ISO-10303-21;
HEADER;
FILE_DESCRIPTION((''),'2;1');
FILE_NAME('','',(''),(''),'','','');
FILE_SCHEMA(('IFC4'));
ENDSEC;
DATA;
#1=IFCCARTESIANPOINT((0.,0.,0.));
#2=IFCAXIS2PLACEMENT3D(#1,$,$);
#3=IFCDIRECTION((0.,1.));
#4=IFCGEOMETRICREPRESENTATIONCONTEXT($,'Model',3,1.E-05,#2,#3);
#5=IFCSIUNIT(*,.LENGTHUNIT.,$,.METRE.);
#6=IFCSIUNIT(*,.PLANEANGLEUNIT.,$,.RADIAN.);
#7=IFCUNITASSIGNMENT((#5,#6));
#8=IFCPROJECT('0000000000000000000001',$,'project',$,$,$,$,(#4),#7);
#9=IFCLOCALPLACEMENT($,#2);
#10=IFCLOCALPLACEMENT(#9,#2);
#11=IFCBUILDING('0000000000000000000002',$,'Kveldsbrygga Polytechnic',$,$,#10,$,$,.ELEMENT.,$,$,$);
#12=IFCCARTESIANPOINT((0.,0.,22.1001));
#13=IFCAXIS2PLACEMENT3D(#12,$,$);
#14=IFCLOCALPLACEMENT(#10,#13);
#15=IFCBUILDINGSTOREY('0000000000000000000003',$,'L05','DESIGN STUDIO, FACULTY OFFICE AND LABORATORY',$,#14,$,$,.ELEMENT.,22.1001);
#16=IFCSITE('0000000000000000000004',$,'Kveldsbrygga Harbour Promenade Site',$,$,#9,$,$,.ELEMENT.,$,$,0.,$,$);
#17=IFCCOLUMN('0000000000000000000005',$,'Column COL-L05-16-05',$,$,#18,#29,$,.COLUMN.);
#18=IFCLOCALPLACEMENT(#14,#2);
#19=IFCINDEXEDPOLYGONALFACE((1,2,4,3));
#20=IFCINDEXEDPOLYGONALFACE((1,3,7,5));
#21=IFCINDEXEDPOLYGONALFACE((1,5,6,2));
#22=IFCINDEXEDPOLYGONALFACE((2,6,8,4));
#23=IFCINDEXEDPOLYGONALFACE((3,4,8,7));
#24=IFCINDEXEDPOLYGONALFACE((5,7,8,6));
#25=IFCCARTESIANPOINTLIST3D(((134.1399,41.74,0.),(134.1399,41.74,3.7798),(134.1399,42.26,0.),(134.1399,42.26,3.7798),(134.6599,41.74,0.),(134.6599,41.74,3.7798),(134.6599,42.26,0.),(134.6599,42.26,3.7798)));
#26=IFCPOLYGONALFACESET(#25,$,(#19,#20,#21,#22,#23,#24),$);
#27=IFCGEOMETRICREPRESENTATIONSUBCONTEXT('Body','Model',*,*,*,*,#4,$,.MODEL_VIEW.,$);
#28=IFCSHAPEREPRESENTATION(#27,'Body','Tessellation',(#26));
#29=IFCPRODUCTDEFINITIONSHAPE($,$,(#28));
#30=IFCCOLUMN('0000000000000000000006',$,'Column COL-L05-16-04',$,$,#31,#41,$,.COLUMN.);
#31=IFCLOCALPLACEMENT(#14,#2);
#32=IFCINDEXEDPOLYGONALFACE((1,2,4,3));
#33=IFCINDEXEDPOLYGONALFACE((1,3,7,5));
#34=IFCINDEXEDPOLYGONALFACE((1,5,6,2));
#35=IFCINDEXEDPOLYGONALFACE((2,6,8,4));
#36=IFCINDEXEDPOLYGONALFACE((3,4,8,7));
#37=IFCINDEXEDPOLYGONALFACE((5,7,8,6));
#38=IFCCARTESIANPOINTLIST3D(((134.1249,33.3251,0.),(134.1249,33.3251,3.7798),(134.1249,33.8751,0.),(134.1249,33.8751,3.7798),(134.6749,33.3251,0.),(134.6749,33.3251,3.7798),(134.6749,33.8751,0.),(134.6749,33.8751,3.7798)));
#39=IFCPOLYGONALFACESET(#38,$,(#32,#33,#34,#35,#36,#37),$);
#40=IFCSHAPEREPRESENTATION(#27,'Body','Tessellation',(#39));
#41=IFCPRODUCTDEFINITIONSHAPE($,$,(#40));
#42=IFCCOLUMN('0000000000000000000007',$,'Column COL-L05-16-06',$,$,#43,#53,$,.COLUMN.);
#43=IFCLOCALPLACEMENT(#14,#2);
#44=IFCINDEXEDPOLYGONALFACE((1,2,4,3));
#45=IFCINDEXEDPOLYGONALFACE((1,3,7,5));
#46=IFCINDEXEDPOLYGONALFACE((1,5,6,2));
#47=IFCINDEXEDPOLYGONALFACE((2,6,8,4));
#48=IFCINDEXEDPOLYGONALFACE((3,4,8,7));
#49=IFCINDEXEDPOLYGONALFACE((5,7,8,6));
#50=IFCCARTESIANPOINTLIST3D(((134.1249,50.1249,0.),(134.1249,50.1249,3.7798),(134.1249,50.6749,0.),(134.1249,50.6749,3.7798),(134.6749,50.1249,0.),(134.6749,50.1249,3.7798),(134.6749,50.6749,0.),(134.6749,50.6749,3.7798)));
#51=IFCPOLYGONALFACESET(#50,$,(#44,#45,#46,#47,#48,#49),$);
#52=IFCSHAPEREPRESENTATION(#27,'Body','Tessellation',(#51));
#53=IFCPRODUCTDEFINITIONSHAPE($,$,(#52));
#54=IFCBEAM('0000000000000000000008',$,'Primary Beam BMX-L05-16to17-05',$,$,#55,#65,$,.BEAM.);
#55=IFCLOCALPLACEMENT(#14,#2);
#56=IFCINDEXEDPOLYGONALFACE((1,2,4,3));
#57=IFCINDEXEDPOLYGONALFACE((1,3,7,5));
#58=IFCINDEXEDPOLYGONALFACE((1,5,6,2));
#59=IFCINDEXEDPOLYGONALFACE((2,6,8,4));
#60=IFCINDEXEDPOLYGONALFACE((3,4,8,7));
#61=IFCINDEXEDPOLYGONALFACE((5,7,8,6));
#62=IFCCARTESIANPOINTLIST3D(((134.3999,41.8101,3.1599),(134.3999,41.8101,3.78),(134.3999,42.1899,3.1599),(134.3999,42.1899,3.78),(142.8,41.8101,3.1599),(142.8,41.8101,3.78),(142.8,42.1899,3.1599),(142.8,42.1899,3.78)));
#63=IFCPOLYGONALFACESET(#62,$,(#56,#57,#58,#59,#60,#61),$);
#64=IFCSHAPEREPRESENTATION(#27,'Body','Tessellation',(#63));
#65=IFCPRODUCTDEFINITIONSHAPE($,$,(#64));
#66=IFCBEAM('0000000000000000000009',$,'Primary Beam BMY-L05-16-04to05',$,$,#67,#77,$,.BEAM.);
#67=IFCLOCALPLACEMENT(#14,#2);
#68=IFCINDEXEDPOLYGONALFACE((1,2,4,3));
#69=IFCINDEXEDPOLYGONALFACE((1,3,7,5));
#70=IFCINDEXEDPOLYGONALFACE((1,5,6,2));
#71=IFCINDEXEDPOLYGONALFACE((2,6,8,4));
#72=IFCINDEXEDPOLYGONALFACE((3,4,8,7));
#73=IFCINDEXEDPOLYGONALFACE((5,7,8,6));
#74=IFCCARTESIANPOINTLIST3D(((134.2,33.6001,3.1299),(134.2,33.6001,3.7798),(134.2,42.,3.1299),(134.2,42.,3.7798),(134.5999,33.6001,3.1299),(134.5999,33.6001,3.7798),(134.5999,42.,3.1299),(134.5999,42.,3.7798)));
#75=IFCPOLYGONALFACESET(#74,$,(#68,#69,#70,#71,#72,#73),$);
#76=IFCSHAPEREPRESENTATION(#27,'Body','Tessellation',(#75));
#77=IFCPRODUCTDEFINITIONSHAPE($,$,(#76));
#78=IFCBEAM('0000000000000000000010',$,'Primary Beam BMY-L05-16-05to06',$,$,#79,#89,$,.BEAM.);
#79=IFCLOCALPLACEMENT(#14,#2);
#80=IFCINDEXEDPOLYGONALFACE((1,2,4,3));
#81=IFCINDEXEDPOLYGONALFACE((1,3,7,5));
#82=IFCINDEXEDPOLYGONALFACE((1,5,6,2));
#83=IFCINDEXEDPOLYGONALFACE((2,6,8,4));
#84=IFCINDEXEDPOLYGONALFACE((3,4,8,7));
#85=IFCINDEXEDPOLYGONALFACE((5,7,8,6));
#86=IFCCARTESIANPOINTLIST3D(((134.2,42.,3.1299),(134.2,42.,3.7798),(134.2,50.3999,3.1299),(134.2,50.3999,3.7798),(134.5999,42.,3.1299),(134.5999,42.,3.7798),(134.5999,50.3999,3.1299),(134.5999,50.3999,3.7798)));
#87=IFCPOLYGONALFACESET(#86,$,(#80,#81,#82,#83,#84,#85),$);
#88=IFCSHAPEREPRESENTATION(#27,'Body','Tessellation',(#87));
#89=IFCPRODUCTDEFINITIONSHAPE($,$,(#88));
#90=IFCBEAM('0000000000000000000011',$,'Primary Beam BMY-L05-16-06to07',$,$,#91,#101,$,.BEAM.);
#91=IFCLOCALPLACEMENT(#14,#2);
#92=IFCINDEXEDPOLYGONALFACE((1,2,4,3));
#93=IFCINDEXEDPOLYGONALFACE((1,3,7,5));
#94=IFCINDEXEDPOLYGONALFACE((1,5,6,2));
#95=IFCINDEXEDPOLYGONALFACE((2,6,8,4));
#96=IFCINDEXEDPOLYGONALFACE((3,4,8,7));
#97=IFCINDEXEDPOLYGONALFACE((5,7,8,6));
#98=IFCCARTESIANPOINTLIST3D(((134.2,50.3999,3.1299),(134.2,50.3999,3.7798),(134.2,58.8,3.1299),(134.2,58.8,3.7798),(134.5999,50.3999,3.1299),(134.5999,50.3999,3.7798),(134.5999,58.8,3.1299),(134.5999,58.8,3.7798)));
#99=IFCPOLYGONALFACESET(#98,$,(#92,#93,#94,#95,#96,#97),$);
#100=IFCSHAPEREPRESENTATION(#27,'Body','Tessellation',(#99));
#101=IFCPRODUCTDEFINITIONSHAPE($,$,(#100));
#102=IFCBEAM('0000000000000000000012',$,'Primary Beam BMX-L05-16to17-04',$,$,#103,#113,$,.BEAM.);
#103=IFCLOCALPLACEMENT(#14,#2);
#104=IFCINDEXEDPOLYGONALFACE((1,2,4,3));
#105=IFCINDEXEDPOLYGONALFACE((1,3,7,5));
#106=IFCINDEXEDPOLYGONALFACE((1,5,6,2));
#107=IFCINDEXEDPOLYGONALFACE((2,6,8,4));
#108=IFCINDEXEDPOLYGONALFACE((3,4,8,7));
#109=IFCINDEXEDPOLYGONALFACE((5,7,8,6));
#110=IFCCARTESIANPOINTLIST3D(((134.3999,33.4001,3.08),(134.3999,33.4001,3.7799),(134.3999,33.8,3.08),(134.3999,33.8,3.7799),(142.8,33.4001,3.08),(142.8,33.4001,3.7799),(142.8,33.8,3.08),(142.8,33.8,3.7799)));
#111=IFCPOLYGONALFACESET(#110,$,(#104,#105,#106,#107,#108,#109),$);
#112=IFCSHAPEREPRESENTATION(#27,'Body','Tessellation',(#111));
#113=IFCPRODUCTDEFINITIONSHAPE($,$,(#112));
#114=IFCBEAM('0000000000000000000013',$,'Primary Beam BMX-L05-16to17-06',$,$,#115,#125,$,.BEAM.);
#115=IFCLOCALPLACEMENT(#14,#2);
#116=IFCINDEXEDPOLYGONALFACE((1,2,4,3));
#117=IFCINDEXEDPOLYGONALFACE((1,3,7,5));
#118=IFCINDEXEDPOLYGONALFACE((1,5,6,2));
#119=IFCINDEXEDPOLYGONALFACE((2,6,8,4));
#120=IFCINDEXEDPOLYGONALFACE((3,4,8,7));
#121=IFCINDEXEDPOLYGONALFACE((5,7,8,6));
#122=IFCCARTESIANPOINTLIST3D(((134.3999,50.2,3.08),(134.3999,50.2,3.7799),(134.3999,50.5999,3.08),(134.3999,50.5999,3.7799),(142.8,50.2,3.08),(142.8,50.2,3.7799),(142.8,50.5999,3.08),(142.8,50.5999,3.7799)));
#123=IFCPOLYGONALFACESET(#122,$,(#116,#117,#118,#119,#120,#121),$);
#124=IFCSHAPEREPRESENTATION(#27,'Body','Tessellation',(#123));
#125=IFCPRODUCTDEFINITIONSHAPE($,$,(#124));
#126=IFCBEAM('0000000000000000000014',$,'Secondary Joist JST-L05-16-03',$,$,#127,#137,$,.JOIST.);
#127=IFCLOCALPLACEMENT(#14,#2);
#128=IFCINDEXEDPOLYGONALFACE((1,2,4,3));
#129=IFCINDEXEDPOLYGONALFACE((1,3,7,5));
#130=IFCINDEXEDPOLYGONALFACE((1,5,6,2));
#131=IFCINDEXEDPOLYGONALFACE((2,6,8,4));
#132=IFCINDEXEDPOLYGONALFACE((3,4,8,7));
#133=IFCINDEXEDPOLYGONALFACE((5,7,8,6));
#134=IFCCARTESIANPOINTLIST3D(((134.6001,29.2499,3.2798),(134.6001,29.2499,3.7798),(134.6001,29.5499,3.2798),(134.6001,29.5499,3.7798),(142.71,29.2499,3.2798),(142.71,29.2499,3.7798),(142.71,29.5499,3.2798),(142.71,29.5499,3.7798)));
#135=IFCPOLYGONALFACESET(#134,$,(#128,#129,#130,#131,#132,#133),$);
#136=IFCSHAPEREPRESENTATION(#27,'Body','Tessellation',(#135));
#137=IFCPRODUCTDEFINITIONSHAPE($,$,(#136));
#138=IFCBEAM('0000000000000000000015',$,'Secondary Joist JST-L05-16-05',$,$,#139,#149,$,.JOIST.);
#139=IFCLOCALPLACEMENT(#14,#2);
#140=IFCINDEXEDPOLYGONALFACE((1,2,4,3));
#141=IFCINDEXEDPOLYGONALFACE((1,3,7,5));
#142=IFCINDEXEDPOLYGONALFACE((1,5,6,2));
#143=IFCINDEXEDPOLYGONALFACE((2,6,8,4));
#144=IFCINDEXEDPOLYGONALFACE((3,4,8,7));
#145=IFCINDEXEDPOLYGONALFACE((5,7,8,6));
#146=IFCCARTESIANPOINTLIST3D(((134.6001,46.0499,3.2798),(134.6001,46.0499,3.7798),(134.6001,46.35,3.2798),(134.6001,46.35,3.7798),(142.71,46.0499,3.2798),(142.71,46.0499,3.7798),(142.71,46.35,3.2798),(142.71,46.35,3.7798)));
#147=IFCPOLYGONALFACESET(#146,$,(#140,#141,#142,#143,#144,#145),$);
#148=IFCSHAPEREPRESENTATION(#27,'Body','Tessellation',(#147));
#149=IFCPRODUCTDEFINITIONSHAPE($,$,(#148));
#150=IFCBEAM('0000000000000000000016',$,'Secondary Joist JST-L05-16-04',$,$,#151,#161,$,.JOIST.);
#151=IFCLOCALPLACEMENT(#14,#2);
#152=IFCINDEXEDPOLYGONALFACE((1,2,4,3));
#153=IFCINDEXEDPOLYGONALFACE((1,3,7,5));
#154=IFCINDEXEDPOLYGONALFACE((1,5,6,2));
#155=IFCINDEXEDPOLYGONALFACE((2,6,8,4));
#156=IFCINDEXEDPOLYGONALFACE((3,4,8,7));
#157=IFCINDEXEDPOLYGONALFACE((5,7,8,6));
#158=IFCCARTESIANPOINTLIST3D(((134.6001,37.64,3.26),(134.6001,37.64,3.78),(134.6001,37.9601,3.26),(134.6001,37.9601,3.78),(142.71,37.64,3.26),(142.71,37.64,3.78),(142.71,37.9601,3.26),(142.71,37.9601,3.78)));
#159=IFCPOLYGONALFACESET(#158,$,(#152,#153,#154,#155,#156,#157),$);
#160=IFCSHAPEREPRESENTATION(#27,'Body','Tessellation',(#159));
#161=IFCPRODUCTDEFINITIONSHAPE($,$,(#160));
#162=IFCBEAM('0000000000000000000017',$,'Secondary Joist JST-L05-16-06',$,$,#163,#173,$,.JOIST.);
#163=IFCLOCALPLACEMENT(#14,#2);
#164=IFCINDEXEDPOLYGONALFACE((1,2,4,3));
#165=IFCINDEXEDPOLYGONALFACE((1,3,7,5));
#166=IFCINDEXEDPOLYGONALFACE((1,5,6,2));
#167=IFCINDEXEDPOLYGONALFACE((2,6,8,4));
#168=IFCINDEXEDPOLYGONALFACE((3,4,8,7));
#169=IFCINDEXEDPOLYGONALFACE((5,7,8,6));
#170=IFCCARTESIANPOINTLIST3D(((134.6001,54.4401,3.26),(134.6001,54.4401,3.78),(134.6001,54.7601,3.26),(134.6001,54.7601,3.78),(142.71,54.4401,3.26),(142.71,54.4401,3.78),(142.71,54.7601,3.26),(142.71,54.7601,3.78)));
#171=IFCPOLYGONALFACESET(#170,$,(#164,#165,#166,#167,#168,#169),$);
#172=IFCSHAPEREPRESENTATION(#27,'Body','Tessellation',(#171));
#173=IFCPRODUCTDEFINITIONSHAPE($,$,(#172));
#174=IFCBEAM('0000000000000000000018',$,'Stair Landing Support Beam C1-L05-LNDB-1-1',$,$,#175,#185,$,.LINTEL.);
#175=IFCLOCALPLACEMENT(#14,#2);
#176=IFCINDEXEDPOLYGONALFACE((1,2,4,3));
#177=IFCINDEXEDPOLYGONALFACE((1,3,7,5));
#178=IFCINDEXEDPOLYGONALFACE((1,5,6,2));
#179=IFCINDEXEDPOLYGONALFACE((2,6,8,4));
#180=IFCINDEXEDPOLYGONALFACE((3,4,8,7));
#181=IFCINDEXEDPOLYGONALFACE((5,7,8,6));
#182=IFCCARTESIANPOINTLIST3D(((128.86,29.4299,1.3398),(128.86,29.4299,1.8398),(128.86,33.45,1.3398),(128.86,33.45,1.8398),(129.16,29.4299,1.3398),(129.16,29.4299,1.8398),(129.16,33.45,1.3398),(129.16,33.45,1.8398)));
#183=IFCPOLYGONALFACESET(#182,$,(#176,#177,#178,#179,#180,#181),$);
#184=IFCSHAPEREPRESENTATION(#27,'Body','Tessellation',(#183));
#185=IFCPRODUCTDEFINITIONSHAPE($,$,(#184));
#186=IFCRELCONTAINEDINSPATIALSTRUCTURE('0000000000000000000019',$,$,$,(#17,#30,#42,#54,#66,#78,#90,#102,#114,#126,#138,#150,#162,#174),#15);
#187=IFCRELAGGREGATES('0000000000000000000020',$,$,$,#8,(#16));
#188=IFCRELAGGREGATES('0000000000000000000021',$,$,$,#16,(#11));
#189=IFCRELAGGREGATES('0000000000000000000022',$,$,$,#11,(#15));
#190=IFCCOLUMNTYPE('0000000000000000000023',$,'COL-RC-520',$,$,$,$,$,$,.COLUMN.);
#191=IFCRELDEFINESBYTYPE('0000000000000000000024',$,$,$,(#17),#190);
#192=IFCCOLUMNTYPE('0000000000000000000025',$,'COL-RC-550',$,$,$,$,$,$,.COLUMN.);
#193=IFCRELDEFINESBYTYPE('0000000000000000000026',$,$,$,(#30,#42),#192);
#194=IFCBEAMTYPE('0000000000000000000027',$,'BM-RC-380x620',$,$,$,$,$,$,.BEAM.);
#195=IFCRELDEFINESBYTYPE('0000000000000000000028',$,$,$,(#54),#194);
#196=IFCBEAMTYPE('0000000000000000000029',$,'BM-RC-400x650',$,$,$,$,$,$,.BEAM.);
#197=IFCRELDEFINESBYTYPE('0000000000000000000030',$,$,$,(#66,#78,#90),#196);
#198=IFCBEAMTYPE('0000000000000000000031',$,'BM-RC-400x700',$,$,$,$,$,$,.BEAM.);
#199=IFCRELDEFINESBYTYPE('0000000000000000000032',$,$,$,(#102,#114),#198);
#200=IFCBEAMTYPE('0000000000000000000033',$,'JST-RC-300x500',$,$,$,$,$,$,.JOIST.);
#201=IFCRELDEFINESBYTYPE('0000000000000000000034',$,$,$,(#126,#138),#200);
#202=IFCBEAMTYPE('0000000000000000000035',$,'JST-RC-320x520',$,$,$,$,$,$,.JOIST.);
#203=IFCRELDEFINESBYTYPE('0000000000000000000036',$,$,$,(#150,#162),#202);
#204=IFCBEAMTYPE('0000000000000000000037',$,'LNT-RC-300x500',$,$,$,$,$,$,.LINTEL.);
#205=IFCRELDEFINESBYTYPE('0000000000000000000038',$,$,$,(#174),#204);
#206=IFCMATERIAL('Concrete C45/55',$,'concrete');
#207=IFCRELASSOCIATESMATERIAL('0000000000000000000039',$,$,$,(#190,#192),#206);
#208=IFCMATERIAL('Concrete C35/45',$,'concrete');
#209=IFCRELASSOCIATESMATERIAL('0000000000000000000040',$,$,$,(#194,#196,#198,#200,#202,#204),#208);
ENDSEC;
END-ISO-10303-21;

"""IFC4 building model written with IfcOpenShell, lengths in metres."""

from ifc_helpers import new_model, si_unit, direction, frame, origin, origin_2d, place, context, subcontext, project, spatial, rectangle, extrude, material, material_profile, profile_set, type_object, element, save


model = new_model("IFC4")

# Units and contexts
model_context = context("Model", 3, precision=1e-05, world=origin(), true_north=direction((0.0, 1.0)))
body_context = subcontext(model_context, "Body", "Model", "MODEL_VIEW")
ifc_project = project(units=[si_unit("LENGTHUNIT", "METRE"), si_unit("PLANEANGLEUNIT", "RADIAN")], contexts=[model_context])

# Site, building, storey
site_placement = place(None, origin())
site = spatial("IfcSite", under=ifc_project, at=site_placement, Name="Kveldsbrygga Harbour Promenade Site", CompositionType="ELEMENT", RefElevation=0.0)
building_placement = place(site_placement, origin())
building = spatial("IfcBuilding", under=site, at=building_placement, Name="Kveldsbrygga Polytechnic", CompositionType="ELEMENT")
storey_placement = place(building_placement, frame((0.0, 0.0, 22.1001)))
storey = spatial("IfcBuildingStorey", under=building, at=storey_placement, Name="L05", Description="DESIGN STUDIO, FACULTY OFFICE AND LABORATORY", CompositionType="ELEMENT", Elevation=22.1001)

# Columns
ifc_material_1 = material(Name="Concrete C45/55", Category="concrete")
ifc_material_profile_1 = material_profile(ifc_material_1, rectangle(XDim=0.52, YDim=0.52, at=origin_2d()), Name="RC 520x520")
ifc_profile_set_1 = profile_set([ifc_material_profile_1], Name="Concrete C45/55")
column_type_1 = type_object("IfcColumnType", Name="COL-RC-520", PredefinedType="COLUMN", material=ifc_profile_set_1)
column_placement = place(storey_placement, frame((134.3999, 42.0, 0.0), z_axis=(0.0, 0.0, 1.0), x_axis=(1.0, 0.0, 0.0)))
element("IfcColumn", 1, at=column_placement, inside=storey, type_object=column_type_1, Name="Column COL-L05-16-05", PredefinedType="COLUMN", context=body_context, shape_type="SweptSolid", body=[
    extrude(rectangle(XDim=0.52, YDim=0.52, at=origin_2d()), origin(), (0.0, 0.0, 1.0), 3.7798),
])
ifc_material_profile_2 = material_profile(ifc_material_1, rectangle(XDim=0.55, YDim=0.55, at=origin_2d()), Name="RC 550x550")
ifc_profile_set_2 = profile_set([ifc_material_profile_2], Name="Concrete C45/55")
column_type_2 = type_object("IfcColumnType", Name="COL-RC-550", PredefinedType="COLUMN", material=ifc_profile_set_2)
for number, where, z_axis, x_axis, name in (
    (2, (134.3999, 33.6001, 0.0), (0.0, 0.0, 1.0), (1.0, 0.0, 0.0), "Column COL-L05-16-04"),
    (3, (134.3999, 50.3999, 0.0), (0.0, 0.0, 1.0), (1.0, 0.0, 0.0), "Column COL-L05-16-06"),
):
    element("IfcColumn", number, at=place(storey_placement, frame(where, z_axis=z_axis, x_axis=x_axis)), inside=storey, type_object=column_type_2, Name=name, PredefinedType="COLUMN", context=body_context, shape_type="SweptSolid", body=[
        extrude(rectangle(XDim=0.55, YDim=0.55, at=origin_2d()), origin(), (0.0, 0.0, 1.0), 3.7798),
    ])

# Beams
ifc_material_2 = material(Name="Concrete C35/45", Category="concrete")
ifc_material_profile_3 = material_profile(ifc_material_2, rectangle(XDim=0.3799, YDim=0.6201, at=origin_2d()), Name="RC 380x620")
ifc_profile_set_3 = profile_set([ifc_material_profile_3], Name="Concrete C35/45")
beam_type_1 = type_object("IfcBeamType", Name="BM-RC-380x620", PredefinedType="BEAM", material=ifc_profile_set_3)
beam_1_placement = place(storey_placement, frame((134.3999, 42.0, 3.47), z_axis=(1.0, 0.0, 0.0), x_axis=(0.0, 1.0, 0.0)))
element("IfcBeam", 4, at=beam_1_placement, inside=storey, type_object=beam_type_1, Name="Primary Beam BMX-L05-16to17-05", PredefinedType="BEAM", context=body_context, shape_type="SweptSolid", body=[
    extrude(rectangle(XDim=0.3799, YDim=0.6201, at=origin_2d()), origin(), (0.0, 0.0, 1.0), 8.4001),
])
ifc_material_profile_4 = material_profile(ifc_material_2, rectangle(XDim=0.3999, YDim=0.6499, at=origin_2d()), Name="RC 400x650")
ifc_profile_set_4 = profile_set([ifc_material_profile_4], Name="Concrete C35/45")
beam_type_2 = type_object("IfcBeamType", Name="BM-RC-400x650", PredefinedType="BEAM", material=ifc_profile_set_4)
for number, where, z_axis, x_axis, name in (
    (5, (134.3999, 33.6001, 3.4548), (0.0, 1.0, 0.0), (-1.0, 0.0, 0.0), "Primary Beam BMY-L05-16-04to05"),
    (6, (134.3999, 42.0, 3.4548), (0.0, 1.0, 0.0), (-1.0, 0.0, 0.0), "Primary Beam BMY-L05-16-05to06"),
):
    element("IfcBeam", number, at=place(storey_placement, frame(where, z_axis=z_axis, x_axis=x_axis)), inside=storey, type_object=beam_type_2, Name=name, PredefinedType="BEAM", context=body_context, shape_type="SweptSolid", body=[
        extrude(rectangle(XDim=0.3999, YDim=0.6499, at=origin_2d()), origin(), (0.0, 0.0, 1.0), 8.3999),
    ])
beam_2_placement = place(storey_placement, frame((134.3999, 50.3999, 3.4548), z_axis=(0.0, 1.0, 0.0), x_axis=(-1.0, 0.0, 0.0)))
element("IfcBeam", 7, at=beam_2_placement, inside=storey, type_object=beam_type_2, Name="Primary Beam BMY-L05-16-06to07", PredefinedType="BEAM", context=body_context, shape_type="SweptSolid", body=[
    extrude(rectangle(XDim=0.3999, YDim=0.6499, at=origin_2d()), origin(), (0.0, 0.0, 1.0), 8.4001),
])
ifc_material_profile_5 = material_profile(ifc_material_2, rectangle(XDim=0.3999, YDim=0.7, at=origin_2d()), Name="RC 400x700")
ifc_profile_set_5 = profile_set([ifc_material_profile_5], Name="Concrete C35/45")
beam_type_3 = type_object("IfcBeamType", Name="BM-RC-400x700", PredefinedType="BEAM", material=ifc_profile_set_5)
for number, where, z_axis, x_axis, name in (
    (8, (134.3999, 33.6001, 3.4299), (1.0, 0.0, 0.0), (0.0, 1.0, 0.0), "Primary Beam BMX-L05-16to17-04"),
    (9, (134.3999, 50.3999, 3.4299), (1.0, 0.0, 0.0), (0.0, 1.0, 0.0), "Primary Beam BMX-L05-16to17-06"),
):
    element("IfcBeam", number, at=place(storey_placement, frame(where, z_axis=z_axis, x_axis=x_axis)), inside=storey, type_object=beam_type_3, Name=name, PredefinedType="BEAM", context=body_context, shape_type="SweptSolid", body=[
        extrude(rectangle(XDim=0.3999, YDim=0.7, at=origin_2d()), origin(), (0.0, 0.0, 1.0), 8.4001),
    ])
ifc_material_profile_6 = material_profile(ifc_material_2, rectangle(XDim=0.3, YDim=0.5, at=origin_2d()), Name="RC 300x500")
ifc_profile_set_6 = profile_set([ifc_material_profile_6], Name="Concrete C35/45")
beam_type_4 = type_object("IfcBeamType", Name="JST-RC-300x500", PredefinedType="JOIST", material=ifc_profile_set_6)
for number, where, z_axis, x_axis, name in (
    (10, (134.6001, 29.3999, 3.5298), (1.0, 0.0, 0.0), (0.0, 1.0, 0.0), "Secondary Joist JST-L05-16-03"),
    (11, (134.6001, 46.2, 3.5298), (1.0, 0.0, 0.0), (0.0, 1.0, 0.0), "Secondary Joist JST-L05-16-05"),
):
    element("IfcBeam", number, at=place(storey_placement, frame(where, z_axis=z_axis, x_axis=x_axis)), inside=storey, type_object=beam_type_4, Name=name, PredefinedType="JOIST", context=body_context, shape_type="SweptSolid", body=[
        extrude(rectangle(XDim=0.3, YDim=0.5, at=origin_2d()), origin(), (0.0, 0.0, 1.0), 8.1099),
    ])
ifc_material_profile_7 = material_profile(ifc_material_2, rectangle(XDim=0.3201, YDim=0.52, at=origin_2d()), Name="RC 320x520")
ifc_profile_set_7 = profile_set([ifc_material_profile_7], Name="Concrete C35/45")
beam_type_5 = type_object("IfcBeamType", Name="JST-RC-320x520", PredefinedType="JOIST", material=ifc_profile_set_7)
for number, where, z_axis, x_axis, name in (
    (12, (134.6001, 37.8, 3.52), (1.0, 0.0, 0.0), (0.0, 1.0, 0.0), "Secondary Joist JST-L05-16-04"),
    (13, (134.6001, 54.6001, 3.52), (1.0, 0.0, 0.0), (0.0, 1.0, 0.0), "Secondary Joist JST-L05-16-06"),
):
    element("IfcBeam", number, at=place(storey_placement, frame(where, z_axis=z_axis, x_axis=x_axis)), inside=storey, type_object=beam_type_5, Name=name, PredefinedType="JOIST", context=body_context, shape_type="SweptSolid", body=[
        extrude(rectangle(XDim=0.3201, YDim=0.52, at=origin_2d()), origin(), (0.0, 0.0, 1.0), 8.1099),
    ])
ifc_material_profile_8 = material_profile(ifc_material_2, rectangle(XDim=0.3, YDim=0.5, at=origin_2d()), Name="RC 300x500")
ifc_profile_set_8 = profile_set([ifc_material_profile_8], Name="Concrete C35/45")
beam_type_6 = type_object("IfcBeamType", Name="LNT-RC-300x500", PredefinedType="LINTEL", material=ifc_profile_set_8)
beam_3_placement = place(storey_placement, frame((129.01, 29.4299, 1.5898), z_axis=(0.0, 1.0, 0.0), x_axis=(-1.0, 0.0, 0.0)))
element("IfcBeam", 14, at=beam_3_placement, inside=storey, type_object=beam_type_6, Name="Stair Landing Support Beam C1-L05-LNDB-1-1", PredefinedType="LINTEL", context=body_context, shape_type="SweptSolid", body=[
    extrude(rectangle(XDim=0.3, YDim=0.5, at=origin_2d()), origin(), (0.0, 0.0, 1.0), 4.02),
])

save(model, "model.ifc")
